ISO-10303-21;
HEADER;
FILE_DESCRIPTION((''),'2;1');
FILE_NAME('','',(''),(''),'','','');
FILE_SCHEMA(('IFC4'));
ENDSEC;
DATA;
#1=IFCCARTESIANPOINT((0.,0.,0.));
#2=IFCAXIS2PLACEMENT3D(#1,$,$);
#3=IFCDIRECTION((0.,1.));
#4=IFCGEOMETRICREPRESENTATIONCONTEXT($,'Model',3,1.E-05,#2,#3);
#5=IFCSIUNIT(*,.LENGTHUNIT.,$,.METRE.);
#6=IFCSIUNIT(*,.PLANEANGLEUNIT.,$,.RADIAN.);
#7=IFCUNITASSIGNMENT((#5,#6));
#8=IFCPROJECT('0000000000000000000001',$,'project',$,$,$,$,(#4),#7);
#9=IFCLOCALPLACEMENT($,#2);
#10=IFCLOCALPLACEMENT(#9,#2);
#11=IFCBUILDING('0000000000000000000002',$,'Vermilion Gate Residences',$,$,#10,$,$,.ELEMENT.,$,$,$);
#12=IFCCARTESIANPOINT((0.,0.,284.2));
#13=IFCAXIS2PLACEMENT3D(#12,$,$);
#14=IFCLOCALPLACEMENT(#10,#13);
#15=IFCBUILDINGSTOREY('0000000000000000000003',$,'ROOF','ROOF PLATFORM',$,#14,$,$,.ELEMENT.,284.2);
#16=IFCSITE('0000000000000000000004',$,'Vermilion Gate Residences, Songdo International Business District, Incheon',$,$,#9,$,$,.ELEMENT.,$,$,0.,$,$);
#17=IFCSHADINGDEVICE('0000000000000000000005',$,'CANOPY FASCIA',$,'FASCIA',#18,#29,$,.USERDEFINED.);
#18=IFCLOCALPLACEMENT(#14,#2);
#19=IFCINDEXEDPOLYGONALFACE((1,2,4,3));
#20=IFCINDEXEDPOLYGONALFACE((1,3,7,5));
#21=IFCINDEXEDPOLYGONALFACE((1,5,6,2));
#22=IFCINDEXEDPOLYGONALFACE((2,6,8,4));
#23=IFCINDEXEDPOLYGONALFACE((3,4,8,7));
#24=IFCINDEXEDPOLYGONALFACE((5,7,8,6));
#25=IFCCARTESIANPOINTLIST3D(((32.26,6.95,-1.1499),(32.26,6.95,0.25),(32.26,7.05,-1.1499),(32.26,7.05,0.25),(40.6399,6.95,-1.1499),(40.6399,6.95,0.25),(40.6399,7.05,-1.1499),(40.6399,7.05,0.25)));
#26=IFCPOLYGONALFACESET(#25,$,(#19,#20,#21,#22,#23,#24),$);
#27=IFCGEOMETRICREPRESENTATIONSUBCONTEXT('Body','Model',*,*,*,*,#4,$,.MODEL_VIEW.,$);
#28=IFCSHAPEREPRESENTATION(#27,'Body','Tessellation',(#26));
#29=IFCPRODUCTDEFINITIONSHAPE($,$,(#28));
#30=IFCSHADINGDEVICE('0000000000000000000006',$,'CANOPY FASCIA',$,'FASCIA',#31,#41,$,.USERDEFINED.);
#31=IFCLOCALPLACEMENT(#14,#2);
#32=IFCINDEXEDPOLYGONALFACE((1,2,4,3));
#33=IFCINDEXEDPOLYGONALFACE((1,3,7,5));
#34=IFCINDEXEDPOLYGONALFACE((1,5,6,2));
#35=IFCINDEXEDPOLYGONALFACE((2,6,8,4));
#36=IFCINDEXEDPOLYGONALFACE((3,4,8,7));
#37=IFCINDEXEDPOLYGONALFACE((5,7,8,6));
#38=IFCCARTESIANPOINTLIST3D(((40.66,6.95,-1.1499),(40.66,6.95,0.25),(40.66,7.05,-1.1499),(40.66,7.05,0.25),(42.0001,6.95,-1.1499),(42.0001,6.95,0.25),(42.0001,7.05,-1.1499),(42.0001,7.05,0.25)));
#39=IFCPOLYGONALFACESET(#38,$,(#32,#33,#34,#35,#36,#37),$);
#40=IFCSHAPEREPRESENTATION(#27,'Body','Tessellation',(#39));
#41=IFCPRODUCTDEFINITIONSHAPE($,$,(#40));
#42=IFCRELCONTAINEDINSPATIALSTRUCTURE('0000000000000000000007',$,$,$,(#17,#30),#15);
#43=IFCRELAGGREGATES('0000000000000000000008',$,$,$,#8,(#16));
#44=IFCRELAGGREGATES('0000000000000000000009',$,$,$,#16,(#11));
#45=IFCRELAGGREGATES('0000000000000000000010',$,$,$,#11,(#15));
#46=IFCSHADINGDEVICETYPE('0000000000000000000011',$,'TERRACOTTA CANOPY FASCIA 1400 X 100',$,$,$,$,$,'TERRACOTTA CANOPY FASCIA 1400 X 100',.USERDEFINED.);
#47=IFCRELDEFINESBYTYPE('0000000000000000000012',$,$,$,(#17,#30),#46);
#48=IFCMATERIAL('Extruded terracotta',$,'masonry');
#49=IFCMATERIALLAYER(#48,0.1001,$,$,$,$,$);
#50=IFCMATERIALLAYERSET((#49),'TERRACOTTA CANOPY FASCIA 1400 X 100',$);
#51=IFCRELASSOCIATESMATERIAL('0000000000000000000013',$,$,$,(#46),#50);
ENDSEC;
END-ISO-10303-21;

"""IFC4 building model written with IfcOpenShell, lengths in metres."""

from ifc_helpers import new_model, si_unit, direction, frame, origin, origin_2d, place, context, subcontext, project, spatial, rectangle, extrude, material, layer, layer_set, type_object, element, save


model = new_model("IFC4")

# Units and contexts
model_context = context("Model", 3, precision=1e-05, world=origin(), true_north=direction((0.0, 1.0)))
body_context = subcontext(model_context, "Body", "Model", "MODEL_VIEW")
ifc_project = project(units=[si_unit("LENGTHUNIT", "METRE"), si_unit("PLANEANGLEUNIT", "RADIAN")], contexts=[model_context])

# Site, building, storey
site_placement = place(None, origin())
site = spatial("IfcSite", under=ifc_project, at=site_placement, Name="Vermilion Gate Residences, Songdo International Business District, Incheon", CompositionType="ELEMENT", RefElevation=0.0)
building_placement = place(site_placement, origin())
building = spatial("IfcBuilding", under=site, at=building_placement, Name="Vermilion Gate Residences", CompositionType="ELEMENT")
storey_placement = place(building_placement, frame((0.0, 0.0, 284.2)))
storey = spatial("IfcBuildingStorey", under=building, at=storey_placement, Name="ROOF", Description="ROOF PLATFORM", CompositionType="ELEMENT", Elevation=284.2)

# Shading devices
ifc_material_1 = material(Name="Extruded terracotta", Category="masonry")
ifc_layer_1 = layer(ifc_material_1, 0.1001)
ifc_layer_set_1 = layer_set([ifc_layer_1], Name="TERRACOTTA CANOPY FASCIA 1400 X 100")
shading_device_type_1 = type_object("IfcShadingDeviceType", Name="TERRACOTTA CANOPY FASCIA 1400 X 100", ElementType="TERRACOTTA CANOPY FASCIA 1400 X 100", PredefinedType="USERDEFINED", material=ifc_layer_set_1)
for number, where, z_axis, x_axis, name in (
    (1, (36.45, 7.0, -1.1499), (0.0, 0.0, 1.0), (1.0, 0.0, 0.0), "CANOPY FASCIA"),
):
    element("IfcShadingDevice", number, at=place(storey_placement, frame(where, z_axis=z_axis, x_axis=x_axis)), inside=storey, type_object=shading_device_type_1, Name=name, ObjectType="FASCIA", PredefinedType="USERDEFINED", context=body_context, shape_type="SweptSolid", body=[
        extrude(rectangle(XDim=8.3799, YDim=0.1001, at=origin_2d()), origin(), (0.0, 0.0, 1.0), 1.3999),
    ])
shading_device_placement = place(storey_placement, frame((41.3301, 7.0, -1.1499), z_axis=(0.0, 0.0, 1.0), x_axis=(1.0, 0.0, 0.0)))
element("IfcShadingDevice", 2, at=shading_device_placement, inside=storey, type_object=shading_device_type_1, Name="CANOPY FASCIA", ObjectType="FASCIA", PredefinedType="USERDEFINED", context=body_context, shape_type="SweptSolid", body=[
    extrude(rectangle(XDim=1.3401, YDim=0.1001, at=origin_2d()), origin(), (0.0, 0.0, 1.0), 1.3999),
])

save(model, "model.ifc")
